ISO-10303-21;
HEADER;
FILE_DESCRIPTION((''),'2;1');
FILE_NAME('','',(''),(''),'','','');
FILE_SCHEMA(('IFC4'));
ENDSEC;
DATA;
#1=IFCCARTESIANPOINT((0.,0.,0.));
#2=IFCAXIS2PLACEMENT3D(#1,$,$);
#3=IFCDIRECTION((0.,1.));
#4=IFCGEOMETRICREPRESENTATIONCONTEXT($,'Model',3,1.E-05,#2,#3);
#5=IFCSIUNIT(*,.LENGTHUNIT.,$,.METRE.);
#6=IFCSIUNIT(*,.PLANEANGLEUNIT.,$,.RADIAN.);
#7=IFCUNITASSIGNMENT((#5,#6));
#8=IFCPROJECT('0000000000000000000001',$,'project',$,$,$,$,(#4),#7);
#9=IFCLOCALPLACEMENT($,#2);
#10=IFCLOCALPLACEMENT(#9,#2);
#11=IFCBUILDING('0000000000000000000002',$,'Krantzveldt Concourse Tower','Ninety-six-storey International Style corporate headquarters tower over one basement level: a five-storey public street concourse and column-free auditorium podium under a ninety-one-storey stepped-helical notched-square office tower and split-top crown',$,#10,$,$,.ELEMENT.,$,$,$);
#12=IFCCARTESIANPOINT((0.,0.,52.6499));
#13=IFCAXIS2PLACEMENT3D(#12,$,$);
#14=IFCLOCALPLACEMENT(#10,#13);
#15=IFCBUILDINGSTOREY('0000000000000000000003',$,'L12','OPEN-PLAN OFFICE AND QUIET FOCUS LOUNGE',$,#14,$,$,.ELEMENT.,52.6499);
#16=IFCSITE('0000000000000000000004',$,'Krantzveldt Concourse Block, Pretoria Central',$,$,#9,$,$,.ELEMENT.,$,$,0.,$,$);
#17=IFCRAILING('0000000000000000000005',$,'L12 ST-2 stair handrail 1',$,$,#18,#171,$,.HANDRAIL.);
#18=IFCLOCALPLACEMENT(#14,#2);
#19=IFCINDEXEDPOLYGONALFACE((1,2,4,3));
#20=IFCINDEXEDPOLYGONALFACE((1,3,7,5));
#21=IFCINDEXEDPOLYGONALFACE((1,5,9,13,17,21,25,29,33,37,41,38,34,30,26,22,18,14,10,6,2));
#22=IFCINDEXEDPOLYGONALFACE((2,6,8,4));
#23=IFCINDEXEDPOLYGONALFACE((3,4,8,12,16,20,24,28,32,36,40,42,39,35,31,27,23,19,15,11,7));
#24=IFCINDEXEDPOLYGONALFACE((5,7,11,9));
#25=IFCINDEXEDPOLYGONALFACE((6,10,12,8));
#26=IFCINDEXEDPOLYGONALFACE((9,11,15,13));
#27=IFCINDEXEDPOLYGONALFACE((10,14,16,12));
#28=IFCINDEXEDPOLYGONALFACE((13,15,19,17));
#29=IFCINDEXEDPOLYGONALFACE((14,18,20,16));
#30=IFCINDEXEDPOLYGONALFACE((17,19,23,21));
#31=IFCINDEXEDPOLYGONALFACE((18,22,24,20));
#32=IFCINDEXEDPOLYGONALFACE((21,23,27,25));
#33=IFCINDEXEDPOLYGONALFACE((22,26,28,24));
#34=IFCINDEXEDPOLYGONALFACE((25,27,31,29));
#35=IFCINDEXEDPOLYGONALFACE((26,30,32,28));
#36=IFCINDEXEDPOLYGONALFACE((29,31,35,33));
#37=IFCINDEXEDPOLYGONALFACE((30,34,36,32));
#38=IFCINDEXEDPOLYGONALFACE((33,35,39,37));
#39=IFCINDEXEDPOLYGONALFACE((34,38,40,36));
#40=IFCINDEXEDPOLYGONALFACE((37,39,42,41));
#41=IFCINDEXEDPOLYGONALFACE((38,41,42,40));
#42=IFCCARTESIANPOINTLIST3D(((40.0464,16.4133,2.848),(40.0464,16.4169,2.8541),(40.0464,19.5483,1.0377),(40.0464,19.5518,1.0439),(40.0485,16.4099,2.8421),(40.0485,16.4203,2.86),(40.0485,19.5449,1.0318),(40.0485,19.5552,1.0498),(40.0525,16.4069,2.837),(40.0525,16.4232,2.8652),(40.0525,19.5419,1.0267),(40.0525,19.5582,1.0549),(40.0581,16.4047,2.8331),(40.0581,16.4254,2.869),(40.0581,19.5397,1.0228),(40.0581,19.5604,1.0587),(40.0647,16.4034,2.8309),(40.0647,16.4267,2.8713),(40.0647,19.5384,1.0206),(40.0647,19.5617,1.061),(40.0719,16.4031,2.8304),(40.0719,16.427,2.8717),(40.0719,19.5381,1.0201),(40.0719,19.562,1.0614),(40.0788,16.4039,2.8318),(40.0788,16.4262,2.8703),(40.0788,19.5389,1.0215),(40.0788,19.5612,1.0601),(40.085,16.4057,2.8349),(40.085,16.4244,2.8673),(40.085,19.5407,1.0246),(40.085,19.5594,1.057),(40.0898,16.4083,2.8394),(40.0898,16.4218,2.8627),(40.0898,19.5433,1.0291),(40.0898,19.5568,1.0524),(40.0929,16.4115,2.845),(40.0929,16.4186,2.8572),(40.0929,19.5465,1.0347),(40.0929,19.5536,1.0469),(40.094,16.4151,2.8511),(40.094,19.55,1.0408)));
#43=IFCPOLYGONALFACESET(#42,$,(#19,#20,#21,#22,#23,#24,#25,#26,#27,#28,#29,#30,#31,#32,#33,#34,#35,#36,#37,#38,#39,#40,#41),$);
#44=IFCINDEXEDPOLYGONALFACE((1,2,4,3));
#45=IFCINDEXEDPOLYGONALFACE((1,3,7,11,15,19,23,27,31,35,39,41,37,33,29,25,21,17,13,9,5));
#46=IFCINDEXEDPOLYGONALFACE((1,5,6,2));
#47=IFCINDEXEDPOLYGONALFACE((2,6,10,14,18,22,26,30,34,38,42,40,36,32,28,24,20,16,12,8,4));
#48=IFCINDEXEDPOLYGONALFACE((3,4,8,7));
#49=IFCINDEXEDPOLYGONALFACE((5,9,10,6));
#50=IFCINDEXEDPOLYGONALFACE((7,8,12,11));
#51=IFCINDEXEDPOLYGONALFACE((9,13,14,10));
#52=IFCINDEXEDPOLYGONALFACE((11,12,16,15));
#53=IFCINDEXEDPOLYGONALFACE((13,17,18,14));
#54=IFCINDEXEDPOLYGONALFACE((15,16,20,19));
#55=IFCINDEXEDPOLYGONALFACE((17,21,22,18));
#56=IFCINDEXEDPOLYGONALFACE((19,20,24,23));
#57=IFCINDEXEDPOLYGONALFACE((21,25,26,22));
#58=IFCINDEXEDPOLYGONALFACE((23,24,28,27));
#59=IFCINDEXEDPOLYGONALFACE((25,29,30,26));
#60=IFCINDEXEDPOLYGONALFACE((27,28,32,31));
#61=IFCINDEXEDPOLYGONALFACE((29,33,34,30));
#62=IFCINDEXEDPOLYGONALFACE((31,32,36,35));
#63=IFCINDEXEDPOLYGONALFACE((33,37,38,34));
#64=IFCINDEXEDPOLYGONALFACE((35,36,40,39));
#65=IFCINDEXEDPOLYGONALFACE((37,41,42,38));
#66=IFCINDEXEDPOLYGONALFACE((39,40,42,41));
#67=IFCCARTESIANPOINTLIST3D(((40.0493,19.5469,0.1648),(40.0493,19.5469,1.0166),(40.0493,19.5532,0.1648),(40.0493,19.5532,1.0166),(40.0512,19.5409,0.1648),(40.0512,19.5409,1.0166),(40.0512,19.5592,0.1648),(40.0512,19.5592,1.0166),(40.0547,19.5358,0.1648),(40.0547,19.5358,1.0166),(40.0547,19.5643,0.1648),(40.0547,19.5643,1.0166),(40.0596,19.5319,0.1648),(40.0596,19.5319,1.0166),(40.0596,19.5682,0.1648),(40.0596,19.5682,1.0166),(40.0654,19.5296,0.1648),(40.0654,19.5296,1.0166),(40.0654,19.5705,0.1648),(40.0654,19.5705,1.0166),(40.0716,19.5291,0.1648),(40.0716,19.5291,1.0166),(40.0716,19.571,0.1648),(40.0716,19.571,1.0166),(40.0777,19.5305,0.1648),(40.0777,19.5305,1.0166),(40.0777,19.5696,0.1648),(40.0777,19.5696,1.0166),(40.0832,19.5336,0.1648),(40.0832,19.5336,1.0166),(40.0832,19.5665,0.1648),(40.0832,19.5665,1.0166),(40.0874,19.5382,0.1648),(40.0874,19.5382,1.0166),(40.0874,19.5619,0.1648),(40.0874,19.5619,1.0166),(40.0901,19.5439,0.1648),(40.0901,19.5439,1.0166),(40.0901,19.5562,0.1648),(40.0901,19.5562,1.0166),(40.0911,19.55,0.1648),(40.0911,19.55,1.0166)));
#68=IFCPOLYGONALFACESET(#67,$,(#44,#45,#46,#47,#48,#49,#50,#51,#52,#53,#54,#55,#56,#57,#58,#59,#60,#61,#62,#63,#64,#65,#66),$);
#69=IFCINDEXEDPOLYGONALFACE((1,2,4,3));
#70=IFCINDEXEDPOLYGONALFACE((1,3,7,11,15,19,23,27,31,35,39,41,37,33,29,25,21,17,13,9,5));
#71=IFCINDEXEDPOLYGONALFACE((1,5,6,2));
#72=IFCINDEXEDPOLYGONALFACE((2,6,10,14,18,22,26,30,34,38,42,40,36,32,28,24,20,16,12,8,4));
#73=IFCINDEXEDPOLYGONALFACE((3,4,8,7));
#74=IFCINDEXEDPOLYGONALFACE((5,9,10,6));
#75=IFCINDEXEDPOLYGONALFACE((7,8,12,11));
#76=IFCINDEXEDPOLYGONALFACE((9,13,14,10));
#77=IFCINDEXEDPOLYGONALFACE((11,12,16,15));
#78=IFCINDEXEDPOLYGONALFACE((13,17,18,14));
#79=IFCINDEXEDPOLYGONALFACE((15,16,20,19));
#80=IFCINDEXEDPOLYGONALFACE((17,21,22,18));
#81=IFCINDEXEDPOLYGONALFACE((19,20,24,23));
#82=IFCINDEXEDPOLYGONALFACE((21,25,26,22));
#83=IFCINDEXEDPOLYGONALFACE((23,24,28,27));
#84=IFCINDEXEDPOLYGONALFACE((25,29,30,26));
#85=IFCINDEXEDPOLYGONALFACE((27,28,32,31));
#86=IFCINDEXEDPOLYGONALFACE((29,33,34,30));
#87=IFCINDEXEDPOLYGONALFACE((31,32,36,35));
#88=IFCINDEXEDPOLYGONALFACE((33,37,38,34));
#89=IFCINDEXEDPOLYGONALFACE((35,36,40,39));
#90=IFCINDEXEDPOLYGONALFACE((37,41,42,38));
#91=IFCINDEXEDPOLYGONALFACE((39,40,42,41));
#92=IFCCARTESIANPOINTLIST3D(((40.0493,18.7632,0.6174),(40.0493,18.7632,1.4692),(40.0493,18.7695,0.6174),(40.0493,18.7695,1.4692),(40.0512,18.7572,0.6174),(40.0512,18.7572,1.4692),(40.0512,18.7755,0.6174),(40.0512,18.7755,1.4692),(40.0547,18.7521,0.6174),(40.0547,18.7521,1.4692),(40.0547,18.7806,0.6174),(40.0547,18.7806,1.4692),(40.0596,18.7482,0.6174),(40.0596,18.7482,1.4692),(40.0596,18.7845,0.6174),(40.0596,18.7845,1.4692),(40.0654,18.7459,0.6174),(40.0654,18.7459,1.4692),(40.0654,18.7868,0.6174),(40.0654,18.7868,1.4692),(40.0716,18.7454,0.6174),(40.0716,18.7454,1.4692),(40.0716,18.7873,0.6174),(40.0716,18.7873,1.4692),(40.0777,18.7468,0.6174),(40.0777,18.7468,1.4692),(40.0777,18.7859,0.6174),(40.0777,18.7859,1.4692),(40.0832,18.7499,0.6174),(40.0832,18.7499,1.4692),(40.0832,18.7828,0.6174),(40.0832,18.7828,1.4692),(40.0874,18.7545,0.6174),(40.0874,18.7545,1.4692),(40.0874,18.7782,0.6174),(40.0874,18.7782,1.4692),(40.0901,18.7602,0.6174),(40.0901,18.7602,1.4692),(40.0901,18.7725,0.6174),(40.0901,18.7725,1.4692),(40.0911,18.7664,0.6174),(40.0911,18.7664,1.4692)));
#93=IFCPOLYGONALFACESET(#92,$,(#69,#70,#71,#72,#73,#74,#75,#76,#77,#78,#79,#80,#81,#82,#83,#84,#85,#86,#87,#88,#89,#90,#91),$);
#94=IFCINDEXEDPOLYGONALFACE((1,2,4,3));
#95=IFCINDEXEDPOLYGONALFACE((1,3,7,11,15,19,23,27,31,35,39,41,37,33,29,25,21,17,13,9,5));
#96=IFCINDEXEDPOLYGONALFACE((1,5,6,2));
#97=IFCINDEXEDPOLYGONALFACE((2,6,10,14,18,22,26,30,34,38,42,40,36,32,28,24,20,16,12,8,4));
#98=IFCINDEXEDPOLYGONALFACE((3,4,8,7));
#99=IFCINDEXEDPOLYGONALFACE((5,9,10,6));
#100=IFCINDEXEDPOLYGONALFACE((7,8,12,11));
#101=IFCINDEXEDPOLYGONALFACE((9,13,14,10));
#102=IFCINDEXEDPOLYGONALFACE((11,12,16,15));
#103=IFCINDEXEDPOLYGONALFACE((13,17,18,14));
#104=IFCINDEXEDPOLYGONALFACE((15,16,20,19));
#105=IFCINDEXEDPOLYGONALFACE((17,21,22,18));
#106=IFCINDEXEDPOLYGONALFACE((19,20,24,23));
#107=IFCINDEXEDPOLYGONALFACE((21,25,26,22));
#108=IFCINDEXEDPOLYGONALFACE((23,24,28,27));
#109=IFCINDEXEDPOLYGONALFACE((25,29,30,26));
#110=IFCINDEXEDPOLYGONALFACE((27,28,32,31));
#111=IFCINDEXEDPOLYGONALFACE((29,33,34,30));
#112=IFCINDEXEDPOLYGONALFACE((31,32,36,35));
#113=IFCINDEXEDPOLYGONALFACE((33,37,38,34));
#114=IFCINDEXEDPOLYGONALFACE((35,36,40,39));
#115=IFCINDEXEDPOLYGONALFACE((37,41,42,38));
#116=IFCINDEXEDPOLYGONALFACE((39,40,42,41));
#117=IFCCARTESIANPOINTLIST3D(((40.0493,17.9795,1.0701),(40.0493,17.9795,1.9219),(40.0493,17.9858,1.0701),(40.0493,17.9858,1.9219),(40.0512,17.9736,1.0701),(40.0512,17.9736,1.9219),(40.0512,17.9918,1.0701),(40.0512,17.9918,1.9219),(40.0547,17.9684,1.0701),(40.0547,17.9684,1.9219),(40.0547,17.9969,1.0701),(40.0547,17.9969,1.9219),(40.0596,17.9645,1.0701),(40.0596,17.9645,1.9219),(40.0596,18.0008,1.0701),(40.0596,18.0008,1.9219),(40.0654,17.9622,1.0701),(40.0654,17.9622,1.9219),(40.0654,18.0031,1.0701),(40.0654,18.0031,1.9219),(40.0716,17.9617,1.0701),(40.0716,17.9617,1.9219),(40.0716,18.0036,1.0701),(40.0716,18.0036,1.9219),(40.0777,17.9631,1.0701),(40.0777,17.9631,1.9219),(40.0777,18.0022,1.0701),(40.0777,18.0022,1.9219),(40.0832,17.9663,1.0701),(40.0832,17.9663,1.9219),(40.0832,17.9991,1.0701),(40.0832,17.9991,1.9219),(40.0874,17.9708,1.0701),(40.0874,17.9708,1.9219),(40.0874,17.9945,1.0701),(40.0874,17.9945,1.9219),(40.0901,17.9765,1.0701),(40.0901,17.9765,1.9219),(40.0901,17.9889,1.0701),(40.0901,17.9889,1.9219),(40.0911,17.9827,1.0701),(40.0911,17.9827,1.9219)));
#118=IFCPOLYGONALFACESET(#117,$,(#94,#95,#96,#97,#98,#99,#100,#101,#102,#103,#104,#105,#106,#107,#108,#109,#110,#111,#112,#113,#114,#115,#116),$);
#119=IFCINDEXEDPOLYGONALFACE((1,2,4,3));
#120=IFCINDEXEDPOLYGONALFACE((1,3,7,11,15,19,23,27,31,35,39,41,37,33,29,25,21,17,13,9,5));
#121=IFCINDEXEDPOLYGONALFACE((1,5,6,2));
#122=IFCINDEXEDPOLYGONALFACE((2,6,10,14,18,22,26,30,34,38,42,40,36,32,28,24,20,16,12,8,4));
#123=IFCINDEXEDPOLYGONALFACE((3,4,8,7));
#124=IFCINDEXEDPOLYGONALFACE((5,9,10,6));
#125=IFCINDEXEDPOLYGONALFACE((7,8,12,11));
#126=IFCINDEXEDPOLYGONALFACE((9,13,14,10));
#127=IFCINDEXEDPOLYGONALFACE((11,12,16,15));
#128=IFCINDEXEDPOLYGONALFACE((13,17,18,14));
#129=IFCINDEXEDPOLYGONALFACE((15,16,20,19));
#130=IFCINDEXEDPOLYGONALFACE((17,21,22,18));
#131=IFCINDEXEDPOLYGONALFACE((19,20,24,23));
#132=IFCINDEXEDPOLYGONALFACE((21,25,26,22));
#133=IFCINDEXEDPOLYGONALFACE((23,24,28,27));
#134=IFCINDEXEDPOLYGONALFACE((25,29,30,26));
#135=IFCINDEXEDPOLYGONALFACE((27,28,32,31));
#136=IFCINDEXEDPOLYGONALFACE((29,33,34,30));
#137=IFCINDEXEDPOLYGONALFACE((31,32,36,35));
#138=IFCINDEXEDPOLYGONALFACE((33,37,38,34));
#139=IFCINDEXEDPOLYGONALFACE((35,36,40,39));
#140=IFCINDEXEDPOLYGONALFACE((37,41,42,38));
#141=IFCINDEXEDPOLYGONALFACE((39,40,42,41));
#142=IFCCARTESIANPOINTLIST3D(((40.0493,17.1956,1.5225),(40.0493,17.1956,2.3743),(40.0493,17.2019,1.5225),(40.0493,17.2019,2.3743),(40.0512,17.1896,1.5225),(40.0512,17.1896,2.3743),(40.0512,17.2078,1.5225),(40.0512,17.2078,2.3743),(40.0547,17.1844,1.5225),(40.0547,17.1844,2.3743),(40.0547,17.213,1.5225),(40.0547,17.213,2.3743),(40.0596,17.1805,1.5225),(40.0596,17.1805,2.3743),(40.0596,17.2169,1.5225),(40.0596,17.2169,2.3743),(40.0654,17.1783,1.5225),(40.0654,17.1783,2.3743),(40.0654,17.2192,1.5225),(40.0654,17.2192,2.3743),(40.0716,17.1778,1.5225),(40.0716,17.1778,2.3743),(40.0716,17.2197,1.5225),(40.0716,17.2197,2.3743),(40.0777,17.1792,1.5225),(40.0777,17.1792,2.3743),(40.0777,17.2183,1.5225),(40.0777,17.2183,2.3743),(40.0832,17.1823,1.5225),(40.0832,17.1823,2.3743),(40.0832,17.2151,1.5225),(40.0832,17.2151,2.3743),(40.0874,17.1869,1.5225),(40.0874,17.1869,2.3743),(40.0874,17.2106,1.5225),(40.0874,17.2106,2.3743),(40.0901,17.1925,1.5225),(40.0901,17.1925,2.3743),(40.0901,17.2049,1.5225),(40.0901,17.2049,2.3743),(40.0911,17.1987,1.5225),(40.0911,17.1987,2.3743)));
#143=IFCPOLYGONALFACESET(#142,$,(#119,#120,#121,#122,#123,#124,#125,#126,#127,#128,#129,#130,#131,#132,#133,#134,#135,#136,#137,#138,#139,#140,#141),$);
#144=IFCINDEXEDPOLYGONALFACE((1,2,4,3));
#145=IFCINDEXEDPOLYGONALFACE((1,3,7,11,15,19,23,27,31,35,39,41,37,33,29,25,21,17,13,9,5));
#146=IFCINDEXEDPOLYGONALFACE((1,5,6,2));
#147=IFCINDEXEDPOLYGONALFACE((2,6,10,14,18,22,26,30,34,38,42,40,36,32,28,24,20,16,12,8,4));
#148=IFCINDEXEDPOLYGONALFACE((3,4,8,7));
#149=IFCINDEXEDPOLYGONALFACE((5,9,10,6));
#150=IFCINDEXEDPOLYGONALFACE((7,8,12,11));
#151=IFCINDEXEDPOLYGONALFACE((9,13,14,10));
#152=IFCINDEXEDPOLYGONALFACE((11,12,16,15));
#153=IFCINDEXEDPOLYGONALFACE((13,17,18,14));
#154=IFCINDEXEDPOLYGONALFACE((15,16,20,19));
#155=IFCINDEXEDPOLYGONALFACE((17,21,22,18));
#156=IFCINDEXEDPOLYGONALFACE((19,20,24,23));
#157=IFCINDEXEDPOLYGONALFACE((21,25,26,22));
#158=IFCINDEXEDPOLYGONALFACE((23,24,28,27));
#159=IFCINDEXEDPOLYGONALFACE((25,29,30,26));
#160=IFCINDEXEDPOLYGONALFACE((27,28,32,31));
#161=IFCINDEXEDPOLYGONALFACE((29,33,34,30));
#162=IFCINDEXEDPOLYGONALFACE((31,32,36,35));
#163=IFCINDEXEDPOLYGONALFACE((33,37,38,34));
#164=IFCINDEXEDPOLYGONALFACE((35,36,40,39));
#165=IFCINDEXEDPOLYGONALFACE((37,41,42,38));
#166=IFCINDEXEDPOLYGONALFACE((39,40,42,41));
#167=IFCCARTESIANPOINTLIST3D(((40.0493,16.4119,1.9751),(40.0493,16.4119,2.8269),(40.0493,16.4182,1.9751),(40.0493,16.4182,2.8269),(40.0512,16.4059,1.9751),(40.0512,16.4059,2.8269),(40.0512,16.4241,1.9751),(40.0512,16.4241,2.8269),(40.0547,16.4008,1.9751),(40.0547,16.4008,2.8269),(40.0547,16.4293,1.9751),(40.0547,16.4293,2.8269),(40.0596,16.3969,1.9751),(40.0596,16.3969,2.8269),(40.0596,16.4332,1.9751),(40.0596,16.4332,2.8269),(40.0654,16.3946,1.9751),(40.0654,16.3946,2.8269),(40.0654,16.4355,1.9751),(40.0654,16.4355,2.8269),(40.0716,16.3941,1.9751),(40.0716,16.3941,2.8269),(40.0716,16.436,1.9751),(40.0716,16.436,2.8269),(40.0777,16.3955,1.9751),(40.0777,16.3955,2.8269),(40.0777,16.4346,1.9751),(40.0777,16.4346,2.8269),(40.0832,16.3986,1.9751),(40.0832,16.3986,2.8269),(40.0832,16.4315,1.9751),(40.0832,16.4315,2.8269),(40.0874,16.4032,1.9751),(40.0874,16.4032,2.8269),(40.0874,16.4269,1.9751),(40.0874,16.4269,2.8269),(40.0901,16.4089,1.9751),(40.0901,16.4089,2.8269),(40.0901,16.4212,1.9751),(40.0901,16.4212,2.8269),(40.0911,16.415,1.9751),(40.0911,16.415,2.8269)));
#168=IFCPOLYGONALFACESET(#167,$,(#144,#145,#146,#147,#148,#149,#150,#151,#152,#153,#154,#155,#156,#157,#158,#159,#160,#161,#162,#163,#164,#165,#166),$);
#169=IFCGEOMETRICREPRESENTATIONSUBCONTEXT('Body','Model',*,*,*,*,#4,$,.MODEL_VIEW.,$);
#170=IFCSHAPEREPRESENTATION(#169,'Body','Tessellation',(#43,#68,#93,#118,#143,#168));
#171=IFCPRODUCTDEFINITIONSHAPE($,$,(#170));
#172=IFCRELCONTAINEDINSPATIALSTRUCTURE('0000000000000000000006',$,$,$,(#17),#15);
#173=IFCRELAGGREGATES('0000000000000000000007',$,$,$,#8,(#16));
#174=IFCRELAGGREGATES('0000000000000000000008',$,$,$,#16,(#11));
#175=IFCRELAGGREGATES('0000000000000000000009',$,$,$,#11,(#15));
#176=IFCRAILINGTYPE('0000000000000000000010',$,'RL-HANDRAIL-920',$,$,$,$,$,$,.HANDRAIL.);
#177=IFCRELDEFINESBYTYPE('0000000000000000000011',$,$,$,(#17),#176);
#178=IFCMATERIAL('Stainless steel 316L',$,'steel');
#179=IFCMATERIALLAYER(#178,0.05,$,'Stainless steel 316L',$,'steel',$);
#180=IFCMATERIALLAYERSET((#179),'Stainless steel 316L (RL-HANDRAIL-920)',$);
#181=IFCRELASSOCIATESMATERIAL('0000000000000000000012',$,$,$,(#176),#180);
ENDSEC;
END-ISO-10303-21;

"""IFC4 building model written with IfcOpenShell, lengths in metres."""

from ifc_helpers import new_model, si_unit, direction, frame, origin, origin_2d, place, context, subcontext, project, spatial, circle, extrude, material, layer, layer_set, type_object, element, save


model = new_model("IFC4")

# Units and contexts
model_context = context("Model", 3, precision=1e-05, world=origin(), true_north=direction((0.0, 1.0)))
body_context = subcontext(model_context, "Body", "Model", "MODEL_VIEW")
ifc_project = project(units=[si_unit("LENGTHUNIT", "METRE"), si_unit("PLANEANGLEUNIT", "RADIAN")], contexts=[model_context])

# Site, building, storey
site_placement = place(None, origin())
site = spatial("IfcSite", under=ifc_project, at=site_placement, Name="Krantzveldt Concourse Block, Pretoria Central", CompositionType="ELEMENT", RefElevation=0.0)
building_placement = place(site_placement, origin())
building = spatial("IfcBuilding", under=site, at=building_placement, Name="Krantzveldt Concourse Tower", Description="Ninety-six-storey International Style corporate headquarters tower over one basement level: a five-storey public street concourse and column-free auditorium podium under a ninety-one-storey stepped-helical notched-square office tower and split-top crown", CompositionType="ELEMENT")
storey_placement = place(building_placement, frame((0.0, 0.0, 52.6499)))
storey = spatial("IfcBuildingStorey", under=building, at=storey_placement, Name="L12", Description="OPEN-PLAN OFFICE AND QUIET FOCUS LOUNGE", CompositionType="ELEMENT", Elevation=52.6499)

# Shared definitions
ifc_material_1 = material(Name="Stainless steel 316L", Category="steel")

# Railing
ifc_layer_1 = layer(ifc_material_1, 0.05, Name="Stainless steel 316L", Category="steel")
ifc_layer_set_1 = layer_set([ifc_layer_1], Name="Stainless steel 316L (RL-HANDRAIL-920)")
railing_type_1 = type_object("IfcRailingType", Name="RL-HANDRAIL-920", PredefinedType="HANDRAIL", material=ifc_layer_set_1)
railing_1_placement = place(storey_placement, frame((40.0701, 19.55, 0.1648)))
element("IfcRailing", 1, at=railing_1_placement, inside=storey, type_object=railing_type_1, Name="L12 ST-2 stair handrail 1", PredefinedType="HANDRAIL", context=body_context, shape_type="SweptSolid", body=[
    extrude(circle(Radius=0.0239, at=origin_2d()), frame((0.0, 0.0, 0.876), z_axis=(0.0, -0.865989, 0.500063), x_axis=(1.0, 0.0, 0.0)), (0.0, 0.0, 1.0), 3.6201),
    extrude(circle(Radius=0.021, at=origin_2d()), origin(), (0.0, 0.0, 1.0), 0.8518),
    extrude(circle(Radius=0.021, at=origin_2d()), frame((0.0, -0.7837, 0.4526)), (0.0, 0.0, 1.0), 0.8518),
    extrude(circle(Radius=0.021, at=origin_2d()), frame((0.0, -1.5674, 0.9053)), (0.0, 0.0, 1.0), 0.8518),
    extrude(circle(Radius=0.021, at=origin_2d()), frame((0.0, -2.3513, 1.3577)), (0.0, 0.0, 1.0), 0.8518),
    extrude(circle(Radius=0.021, at=origin_2d()), frame((0.0, -3.135, 1.8103)), (0.0, 0.0, 1.0), 0.8518),
])

save(model, "model.ifc")
